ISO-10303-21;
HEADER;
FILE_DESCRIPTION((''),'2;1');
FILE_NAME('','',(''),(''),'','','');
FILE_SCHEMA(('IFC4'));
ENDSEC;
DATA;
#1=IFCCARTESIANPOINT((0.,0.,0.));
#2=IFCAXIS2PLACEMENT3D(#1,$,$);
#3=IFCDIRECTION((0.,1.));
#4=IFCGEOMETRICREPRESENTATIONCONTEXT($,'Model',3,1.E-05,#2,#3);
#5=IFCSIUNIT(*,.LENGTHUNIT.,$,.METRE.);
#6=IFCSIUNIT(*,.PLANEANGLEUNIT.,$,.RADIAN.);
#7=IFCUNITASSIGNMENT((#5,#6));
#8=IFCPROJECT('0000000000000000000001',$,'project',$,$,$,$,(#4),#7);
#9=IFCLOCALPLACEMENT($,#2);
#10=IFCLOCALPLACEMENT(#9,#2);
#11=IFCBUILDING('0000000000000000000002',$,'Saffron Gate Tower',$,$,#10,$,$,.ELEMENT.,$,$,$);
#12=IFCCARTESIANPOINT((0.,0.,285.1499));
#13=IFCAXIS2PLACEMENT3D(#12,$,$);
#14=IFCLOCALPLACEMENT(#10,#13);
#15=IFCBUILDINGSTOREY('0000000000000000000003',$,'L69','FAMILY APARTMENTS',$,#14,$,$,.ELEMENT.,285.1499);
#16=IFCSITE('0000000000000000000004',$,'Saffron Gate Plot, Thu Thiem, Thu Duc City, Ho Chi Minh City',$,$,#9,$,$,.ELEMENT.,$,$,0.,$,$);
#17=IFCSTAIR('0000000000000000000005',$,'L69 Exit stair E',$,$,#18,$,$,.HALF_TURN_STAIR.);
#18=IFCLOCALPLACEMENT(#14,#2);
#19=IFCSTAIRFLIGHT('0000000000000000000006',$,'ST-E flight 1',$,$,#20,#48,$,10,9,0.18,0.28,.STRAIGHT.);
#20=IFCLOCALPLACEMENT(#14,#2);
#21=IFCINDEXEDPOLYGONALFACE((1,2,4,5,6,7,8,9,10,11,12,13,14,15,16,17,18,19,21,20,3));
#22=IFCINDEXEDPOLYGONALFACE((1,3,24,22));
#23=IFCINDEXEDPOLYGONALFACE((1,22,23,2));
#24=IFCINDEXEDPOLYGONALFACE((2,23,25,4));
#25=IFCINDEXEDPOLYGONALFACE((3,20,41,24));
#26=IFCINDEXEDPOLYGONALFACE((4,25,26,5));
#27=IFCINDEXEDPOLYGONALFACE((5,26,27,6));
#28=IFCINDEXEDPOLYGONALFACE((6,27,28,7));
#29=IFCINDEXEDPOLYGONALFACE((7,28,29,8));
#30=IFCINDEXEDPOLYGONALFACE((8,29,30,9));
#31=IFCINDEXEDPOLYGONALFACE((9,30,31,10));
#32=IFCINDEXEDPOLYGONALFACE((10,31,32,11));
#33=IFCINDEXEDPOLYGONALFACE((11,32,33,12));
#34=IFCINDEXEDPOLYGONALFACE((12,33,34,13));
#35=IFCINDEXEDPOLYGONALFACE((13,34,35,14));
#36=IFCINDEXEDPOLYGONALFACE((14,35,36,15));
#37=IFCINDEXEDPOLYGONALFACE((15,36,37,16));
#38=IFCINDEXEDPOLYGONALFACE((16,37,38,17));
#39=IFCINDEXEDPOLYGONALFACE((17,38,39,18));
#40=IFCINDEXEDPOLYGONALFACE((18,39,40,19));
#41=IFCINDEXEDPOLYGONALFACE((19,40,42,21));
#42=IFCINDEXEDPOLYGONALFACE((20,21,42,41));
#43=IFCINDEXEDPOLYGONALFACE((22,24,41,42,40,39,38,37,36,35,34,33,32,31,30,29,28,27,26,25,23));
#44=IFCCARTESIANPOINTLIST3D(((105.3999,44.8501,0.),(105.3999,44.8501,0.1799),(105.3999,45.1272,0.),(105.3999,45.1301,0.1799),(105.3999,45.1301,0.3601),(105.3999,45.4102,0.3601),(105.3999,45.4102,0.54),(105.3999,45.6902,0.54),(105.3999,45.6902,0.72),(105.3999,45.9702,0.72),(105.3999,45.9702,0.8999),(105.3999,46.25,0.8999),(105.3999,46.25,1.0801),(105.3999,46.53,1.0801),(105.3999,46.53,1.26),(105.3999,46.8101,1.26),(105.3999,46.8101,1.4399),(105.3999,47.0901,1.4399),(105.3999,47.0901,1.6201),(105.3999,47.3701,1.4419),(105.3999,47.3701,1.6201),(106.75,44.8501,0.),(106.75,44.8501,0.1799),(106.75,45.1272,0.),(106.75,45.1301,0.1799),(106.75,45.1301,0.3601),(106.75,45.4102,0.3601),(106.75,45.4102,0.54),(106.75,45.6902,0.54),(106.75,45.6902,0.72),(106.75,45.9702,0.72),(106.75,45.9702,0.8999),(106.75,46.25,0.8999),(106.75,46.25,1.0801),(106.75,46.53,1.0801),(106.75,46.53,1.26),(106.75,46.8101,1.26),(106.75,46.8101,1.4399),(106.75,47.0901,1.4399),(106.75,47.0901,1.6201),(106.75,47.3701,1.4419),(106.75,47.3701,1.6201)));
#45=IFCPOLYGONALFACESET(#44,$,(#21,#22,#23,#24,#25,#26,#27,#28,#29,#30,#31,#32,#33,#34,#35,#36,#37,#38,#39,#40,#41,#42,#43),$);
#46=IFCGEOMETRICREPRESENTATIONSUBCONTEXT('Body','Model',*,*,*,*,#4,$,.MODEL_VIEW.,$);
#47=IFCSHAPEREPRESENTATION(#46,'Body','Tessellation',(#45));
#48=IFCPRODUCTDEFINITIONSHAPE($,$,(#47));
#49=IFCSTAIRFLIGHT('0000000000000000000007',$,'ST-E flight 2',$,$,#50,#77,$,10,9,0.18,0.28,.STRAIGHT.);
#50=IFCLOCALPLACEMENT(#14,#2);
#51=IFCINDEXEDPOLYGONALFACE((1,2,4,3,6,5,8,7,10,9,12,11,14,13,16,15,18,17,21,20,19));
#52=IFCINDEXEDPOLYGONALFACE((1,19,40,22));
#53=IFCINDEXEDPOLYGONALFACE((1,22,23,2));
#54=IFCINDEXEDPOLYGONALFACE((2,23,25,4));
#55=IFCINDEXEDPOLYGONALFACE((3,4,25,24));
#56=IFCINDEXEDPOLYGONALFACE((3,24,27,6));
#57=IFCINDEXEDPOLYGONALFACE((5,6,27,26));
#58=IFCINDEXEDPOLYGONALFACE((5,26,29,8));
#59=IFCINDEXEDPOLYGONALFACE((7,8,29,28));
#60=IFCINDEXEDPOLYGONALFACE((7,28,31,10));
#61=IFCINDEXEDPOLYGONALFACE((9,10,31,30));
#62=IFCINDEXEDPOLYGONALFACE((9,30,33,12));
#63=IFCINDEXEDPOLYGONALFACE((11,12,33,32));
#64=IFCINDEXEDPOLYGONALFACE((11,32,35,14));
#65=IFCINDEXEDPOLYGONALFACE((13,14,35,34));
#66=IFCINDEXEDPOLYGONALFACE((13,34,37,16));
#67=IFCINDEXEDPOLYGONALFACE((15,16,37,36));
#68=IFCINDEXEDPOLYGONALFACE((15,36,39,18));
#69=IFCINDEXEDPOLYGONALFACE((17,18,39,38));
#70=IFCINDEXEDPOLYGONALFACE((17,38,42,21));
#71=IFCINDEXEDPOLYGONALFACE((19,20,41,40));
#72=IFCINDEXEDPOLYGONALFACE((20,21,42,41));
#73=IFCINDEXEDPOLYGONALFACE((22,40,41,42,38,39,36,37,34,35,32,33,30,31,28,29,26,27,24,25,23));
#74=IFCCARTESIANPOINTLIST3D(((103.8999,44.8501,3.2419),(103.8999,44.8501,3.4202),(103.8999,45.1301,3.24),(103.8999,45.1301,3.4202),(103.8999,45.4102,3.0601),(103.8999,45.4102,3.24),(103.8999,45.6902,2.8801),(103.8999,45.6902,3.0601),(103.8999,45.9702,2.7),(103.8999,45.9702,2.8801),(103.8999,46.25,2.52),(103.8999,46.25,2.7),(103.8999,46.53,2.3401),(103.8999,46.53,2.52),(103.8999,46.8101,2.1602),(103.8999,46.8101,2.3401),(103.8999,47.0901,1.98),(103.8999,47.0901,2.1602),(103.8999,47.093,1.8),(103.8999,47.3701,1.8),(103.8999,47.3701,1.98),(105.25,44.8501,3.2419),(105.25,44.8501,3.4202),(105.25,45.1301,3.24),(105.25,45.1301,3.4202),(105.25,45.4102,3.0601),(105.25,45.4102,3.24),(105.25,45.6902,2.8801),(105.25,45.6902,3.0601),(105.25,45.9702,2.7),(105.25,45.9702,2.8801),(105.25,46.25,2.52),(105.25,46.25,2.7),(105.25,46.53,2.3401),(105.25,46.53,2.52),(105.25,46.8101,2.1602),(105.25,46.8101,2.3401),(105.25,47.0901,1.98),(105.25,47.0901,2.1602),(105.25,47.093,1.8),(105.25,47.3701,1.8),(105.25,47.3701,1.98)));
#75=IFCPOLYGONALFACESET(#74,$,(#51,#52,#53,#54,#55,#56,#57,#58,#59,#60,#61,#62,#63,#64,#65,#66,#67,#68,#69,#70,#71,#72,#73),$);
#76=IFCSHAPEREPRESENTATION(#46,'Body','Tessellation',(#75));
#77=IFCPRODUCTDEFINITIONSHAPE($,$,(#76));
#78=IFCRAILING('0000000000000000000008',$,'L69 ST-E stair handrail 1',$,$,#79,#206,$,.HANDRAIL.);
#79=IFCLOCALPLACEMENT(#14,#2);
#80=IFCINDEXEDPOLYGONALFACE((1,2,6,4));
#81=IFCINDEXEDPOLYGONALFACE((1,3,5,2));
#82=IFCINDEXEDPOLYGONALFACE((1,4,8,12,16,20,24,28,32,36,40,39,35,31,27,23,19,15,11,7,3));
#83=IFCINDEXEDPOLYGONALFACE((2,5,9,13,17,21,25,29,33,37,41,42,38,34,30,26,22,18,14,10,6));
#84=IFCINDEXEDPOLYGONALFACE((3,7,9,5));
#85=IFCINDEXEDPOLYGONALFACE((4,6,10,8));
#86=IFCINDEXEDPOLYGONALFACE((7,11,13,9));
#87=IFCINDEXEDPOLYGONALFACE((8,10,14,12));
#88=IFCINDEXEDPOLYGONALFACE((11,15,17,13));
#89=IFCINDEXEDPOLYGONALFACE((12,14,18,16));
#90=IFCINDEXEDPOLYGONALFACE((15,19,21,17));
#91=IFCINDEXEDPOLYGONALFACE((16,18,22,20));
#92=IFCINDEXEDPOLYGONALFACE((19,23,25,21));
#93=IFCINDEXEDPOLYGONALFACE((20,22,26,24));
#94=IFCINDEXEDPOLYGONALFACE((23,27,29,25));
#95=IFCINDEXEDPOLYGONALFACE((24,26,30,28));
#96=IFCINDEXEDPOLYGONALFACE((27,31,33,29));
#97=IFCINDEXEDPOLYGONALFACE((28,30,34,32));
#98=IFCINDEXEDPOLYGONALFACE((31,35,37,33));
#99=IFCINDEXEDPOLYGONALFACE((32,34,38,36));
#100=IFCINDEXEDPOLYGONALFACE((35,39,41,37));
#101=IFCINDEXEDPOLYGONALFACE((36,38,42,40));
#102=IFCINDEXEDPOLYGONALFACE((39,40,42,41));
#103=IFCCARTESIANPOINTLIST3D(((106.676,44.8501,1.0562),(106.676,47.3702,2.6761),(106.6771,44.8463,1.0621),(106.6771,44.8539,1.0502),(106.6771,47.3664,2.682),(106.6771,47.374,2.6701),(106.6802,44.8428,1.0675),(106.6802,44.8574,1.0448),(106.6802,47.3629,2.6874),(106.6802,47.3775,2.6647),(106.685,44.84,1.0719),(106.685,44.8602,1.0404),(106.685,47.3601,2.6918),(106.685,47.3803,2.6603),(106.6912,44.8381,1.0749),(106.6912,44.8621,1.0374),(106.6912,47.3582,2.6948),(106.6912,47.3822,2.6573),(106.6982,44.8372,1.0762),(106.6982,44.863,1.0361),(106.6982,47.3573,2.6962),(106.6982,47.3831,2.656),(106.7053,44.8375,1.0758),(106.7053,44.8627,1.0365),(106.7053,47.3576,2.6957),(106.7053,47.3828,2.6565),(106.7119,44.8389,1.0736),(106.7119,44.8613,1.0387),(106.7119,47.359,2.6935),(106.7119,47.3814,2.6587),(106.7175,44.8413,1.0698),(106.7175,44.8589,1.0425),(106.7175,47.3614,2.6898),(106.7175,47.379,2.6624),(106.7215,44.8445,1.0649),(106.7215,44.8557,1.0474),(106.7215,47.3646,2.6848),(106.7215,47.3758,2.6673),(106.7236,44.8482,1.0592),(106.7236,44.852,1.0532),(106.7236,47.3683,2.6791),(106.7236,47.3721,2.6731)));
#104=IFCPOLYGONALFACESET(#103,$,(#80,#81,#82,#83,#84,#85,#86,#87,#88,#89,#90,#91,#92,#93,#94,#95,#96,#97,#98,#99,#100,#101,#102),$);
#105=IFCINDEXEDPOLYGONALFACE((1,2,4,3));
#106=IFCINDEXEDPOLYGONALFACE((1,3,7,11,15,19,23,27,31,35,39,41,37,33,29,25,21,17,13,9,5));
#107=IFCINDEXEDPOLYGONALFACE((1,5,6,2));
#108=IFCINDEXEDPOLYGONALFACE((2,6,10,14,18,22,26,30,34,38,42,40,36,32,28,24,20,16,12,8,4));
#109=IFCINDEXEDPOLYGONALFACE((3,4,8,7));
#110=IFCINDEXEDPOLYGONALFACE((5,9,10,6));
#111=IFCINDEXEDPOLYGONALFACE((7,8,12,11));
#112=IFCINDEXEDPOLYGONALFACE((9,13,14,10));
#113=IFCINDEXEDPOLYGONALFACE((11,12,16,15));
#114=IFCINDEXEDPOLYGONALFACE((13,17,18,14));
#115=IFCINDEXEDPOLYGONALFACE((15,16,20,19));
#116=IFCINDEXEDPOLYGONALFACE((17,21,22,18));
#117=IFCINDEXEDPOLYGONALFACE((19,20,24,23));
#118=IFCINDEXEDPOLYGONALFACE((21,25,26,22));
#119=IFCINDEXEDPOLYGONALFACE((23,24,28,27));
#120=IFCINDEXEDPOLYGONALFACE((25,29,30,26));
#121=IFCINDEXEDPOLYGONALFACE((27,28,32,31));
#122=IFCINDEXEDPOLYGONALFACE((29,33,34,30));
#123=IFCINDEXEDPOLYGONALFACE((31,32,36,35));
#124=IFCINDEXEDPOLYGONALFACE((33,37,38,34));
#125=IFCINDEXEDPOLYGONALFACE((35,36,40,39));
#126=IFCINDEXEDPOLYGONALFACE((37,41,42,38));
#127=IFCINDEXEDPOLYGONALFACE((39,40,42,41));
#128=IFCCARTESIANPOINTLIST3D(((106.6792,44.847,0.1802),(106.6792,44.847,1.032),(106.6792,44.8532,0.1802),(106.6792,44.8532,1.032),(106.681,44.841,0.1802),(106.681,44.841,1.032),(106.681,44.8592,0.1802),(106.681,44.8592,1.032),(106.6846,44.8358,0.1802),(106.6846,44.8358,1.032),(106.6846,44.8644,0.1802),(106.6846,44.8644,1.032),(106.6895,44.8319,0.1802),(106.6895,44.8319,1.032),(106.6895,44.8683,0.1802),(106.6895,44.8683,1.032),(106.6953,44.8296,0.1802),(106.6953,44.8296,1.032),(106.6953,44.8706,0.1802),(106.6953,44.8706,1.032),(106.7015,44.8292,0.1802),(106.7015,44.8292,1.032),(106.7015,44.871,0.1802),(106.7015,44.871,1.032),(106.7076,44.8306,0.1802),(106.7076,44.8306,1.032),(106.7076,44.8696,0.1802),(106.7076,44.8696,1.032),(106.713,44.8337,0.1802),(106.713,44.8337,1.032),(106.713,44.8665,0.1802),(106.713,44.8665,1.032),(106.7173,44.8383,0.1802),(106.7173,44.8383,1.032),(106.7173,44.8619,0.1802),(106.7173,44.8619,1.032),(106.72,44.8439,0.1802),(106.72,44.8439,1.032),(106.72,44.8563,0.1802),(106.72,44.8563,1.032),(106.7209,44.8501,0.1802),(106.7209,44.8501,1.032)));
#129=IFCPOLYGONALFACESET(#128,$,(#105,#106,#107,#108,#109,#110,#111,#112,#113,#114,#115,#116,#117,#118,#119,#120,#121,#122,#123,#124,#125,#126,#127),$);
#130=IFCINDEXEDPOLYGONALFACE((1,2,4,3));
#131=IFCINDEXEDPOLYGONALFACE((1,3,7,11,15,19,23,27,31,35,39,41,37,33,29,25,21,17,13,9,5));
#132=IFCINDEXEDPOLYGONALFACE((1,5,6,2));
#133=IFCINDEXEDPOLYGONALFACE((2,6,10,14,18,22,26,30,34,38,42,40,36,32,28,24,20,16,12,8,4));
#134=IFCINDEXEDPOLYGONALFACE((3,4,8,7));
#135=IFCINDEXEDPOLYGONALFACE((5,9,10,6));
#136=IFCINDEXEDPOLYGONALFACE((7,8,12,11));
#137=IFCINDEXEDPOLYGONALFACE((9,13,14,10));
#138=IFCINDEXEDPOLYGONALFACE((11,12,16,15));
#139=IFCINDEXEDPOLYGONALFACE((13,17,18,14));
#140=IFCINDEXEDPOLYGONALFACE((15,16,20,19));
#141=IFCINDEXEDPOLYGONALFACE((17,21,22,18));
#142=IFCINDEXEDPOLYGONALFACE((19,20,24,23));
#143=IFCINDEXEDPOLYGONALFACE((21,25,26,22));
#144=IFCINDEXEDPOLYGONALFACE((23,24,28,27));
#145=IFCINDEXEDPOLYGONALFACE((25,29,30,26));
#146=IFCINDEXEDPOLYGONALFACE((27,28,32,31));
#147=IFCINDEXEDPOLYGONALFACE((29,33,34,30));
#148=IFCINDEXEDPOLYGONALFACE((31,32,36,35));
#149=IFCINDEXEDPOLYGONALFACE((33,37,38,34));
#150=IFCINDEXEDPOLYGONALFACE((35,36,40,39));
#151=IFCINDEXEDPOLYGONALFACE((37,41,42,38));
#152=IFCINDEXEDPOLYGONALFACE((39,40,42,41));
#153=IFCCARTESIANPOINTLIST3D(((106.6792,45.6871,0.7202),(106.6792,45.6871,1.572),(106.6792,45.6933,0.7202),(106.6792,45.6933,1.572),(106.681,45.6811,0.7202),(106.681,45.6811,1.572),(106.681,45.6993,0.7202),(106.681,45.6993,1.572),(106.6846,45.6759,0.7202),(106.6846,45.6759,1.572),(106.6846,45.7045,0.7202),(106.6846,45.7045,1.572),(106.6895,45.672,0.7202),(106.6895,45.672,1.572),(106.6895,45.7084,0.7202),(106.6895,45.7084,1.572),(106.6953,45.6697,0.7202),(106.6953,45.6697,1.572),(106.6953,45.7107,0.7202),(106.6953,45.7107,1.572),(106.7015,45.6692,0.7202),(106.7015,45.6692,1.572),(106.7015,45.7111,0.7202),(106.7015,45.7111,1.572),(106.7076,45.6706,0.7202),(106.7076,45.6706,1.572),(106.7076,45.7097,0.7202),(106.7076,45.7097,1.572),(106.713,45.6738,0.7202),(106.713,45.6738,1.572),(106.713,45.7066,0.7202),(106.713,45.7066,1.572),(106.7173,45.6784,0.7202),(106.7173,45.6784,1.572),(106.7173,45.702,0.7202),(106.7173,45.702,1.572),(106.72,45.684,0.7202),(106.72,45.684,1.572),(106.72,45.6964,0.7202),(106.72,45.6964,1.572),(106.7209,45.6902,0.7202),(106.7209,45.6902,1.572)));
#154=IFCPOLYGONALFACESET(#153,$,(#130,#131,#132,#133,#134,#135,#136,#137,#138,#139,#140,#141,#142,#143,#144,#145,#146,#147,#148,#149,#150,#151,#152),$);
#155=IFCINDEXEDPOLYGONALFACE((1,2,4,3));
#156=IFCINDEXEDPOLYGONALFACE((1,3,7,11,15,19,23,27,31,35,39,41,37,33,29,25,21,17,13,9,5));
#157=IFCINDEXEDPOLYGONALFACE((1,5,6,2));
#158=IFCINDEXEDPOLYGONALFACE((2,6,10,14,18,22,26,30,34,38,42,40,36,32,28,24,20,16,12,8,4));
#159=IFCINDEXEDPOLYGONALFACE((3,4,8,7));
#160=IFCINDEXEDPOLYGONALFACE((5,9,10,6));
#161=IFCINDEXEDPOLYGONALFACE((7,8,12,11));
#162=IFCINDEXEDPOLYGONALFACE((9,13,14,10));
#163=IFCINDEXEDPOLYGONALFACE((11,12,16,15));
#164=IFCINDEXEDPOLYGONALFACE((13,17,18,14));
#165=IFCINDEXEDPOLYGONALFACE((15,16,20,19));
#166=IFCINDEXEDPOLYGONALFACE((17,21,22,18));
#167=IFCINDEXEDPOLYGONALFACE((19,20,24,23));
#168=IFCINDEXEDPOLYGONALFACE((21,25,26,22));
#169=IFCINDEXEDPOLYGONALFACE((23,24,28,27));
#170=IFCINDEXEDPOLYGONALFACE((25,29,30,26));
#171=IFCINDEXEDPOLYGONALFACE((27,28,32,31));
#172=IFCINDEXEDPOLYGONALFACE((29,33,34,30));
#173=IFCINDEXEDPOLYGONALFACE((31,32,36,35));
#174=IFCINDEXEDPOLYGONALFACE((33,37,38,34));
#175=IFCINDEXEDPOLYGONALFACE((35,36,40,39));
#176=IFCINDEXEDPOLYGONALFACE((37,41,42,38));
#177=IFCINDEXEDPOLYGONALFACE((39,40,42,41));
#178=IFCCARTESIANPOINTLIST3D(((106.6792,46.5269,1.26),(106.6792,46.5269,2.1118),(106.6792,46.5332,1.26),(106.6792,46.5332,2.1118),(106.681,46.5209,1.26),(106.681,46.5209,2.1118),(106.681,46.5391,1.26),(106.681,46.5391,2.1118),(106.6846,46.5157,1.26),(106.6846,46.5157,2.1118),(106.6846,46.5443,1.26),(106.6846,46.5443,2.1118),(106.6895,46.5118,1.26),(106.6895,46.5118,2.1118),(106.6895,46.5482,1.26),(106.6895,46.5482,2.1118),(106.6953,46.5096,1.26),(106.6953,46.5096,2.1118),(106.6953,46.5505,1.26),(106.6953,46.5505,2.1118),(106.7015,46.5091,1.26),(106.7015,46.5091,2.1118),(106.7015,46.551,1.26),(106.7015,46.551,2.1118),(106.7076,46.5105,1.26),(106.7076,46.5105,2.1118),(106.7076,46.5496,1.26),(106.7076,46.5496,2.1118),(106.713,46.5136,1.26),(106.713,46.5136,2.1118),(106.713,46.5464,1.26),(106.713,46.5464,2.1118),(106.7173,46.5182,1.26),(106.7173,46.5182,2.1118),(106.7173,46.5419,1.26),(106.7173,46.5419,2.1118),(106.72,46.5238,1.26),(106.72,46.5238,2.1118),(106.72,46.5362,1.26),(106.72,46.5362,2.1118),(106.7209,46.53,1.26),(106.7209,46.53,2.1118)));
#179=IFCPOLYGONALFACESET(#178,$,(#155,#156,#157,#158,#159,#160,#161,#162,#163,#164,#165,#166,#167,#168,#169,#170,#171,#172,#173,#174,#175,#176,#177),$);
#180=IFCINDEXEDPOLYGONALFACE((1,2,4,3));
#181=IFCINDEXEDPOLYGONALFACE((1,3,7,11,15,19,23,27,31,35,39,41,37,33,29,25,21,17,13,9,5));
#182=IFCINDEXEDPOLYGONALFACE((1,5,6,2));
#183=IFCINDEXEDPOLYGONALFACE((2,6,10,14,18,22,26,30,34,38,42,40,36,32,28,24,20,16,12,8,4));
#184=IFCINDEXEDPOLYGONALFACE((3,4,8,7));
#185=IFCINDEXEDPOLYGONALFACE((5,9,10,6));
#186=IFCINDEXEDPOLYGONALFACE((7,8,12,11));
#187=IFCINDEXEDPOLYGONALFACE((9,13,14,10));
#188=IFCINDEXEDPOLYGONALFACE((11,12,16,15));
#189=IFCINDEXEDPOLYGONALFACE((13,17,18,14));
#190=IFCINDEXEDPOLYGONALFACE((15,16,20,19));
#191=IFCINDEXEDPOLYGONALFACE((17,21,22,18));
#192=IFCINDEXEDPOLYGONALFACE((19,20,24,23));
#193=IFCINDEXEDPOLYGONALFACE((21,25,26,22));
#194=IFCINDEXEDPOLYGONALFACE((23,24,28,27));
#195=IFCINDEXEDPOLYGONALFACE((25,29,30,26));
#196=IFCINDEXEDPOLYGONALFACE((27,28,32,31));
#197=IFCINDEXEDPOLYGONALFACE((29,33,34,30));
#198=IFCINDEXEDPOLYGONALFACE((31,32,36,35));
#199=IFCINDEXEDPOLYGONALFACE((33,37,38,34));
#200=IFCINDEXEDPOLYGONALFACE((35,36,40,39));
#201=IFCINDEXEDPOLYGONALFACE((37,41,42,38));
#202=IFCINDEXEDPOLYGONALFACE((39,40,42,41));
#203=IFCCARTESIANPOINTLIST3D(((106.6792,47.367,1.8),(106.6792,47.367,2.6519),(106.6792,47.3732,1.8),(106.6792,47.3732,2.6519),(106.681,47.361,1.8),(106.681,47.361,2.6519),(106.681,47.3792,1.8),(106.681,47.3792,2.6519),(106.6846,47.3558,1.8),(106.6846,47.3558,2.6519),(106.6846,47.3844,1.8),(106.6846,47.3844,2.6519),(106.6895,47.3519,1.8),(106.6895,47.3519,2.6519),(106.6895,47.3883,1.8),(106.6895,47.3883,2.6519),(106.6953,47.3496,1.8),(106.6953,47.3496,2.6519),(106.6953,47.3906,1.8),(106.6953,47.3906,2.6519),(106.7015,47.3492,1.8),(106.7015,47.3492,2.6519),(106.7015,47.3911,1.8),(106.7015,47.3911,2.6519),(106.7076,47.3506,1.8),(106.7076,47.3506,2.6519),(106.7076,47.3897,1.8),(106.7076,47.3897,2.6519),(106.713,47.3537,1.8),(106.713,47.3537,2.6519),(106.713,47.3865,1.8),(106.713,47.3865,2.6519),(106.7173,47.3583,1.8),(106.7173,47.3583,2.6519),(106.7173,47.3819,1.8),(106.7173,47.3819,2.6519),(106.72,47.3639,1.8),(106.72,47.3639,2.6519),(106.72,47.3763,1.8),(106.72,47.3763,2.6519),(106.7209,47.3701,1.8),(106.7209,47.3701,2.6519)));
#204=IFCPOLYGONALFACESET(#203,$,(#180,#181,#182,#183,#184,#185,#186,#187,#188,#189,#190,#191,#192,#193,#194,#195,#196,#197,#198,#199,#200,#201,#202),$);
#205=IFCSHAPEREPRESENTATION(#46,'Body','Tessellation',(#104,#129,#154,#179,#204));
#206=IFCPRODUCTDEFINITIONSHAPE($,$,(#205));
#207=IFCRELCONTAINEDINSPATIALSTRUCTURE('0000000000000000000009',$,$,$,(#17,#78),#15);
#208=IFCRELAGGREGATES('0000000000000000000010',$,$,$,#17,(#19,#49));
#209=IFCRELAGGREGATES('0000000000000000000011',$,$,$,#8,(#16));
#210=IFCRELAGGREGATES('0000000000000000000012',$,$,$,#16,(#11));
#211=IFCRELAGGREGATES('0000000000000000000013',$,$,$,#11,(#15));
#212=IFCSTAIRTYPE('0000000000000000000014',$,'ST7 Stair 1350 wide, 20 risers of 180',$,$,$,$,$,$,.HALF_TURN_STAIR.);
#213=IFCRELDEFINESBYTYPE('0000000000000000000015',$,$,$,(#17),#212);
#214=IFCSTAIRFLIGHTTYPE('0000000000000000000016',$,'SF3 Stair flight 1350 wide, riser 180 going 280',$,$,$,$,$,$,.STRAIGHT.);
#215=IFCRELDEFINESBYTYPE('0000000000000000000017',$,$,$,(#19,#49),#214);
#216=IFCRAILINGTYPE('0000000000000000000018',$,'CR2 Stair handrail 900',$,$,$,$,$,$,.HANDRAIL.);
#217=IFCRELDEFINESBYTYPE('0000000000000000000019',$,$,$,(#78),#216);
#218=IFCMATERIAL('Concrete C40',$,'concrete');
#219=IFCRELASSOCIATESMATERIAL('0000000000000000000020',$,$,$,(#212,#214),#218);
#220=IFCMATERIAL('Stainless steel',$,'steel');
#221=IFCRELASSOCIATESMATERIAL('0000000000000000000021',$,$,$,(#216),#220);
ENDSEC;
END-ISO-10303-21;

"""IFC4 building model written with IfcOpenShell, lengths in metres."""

from ifc_helpers import new_model, si_unit, direction, frame, origin, origin_2d, place, context, subcontext, project, spatial, polyline, circle, outline, extrude, material, type_object, element, aggregate, save


model = new_model("IFC4")

# Units and contexts
model_context = context("Model", 3, precision=1e-05, world=origin(), true_north=direction((0.0, 1.0)))
body_context = subcontext(model_context, "Body", "Model", "MODEL_VIEW")
ifc_project = project(units=[si_unit("LENGTHUNIT", "METRE"), si_unit("PLANEANGLEUNIT", "RADIAN")], contexts=[model_context])

# Site, building, storey
site_placement = place(None, origin())
site = spatial("IfcSite", under=ifc_project, at=site_placement, Name="Saffron Gate Plot, Thu Thiem, Thu Duc City, Ho Chi Minh City", CompositionType="ELEMENT", RefElevation=0.0)
building_placement = place(site_placement, origin())
building = spatial("IfcBuilding", under=site, at=building_placement, Name="Saffron Gate Tower", CompositionType="ELEMENT")
storey_placement = place(building_placement, frame((0.0, 0.0, 285.1499)))
storey = spatial("IfcBuildingStorey", under=building, at=storey_placement, Name="L69", Description="FAMILY APARTMENTS", CompositionType="ELEMENT", Elevation=285.1499)

# Shared definitions
ifc_material_1 = material(Name="Concrete C40", Category="concrete")

# Stair, stair flights
stair_type = type_object("IfcStairType", Name="ST7 Stair 1350 wide, 20 risers of 180", PredefinedType="HALF_TURN_STAIR", material=ifc_material_1)
stair_placement = place(storey_placement, origin())
stair = element("IfcStair", 1, at=stair_placement, inside=storey, type_object=stair_type, Name="L69 Exit stair E", PredefinedType="HALF_TURN_STAIR")
stair_flight_type = type_object("IfcStairFlightType", Name="SF3 Stair flight 1350 wide, riser 180 going 280", PredefinedType="STRAIGHT", material=ifc_material_1)
stair_flight_1_placement = place(storey_placement, frame((106.075, 44.8501, 0.0), z_axis=(0.0, 0.0, 1.0), x_axis=(0.0, 1.0, 0.0)))
stair_flight_1 = element("IfcStairFlight", 2, at=stair_flight_1_placement, type_object=stair_flight_type, Name="ST-E flight 1", NumberOfRisers=10, NumberOfTreads=9, PredefinedType="STRAIGHT", RiserHeight=0.18, TreadLength=0.28, context=body_context, shape_type="SweptSolid", body=[
    extrude(outline(polyline([(0.0, 0.0), (0.0, 0.1799), (0.28, 0.1799), (0.28, 0.3601), (0.5601, 0.3601), (0.5601, 0.54), (0.8401, 0.54), (0.8401, 0.72), (1.1201, 0.72), (1.1201, 0.8999), (1.3999, 0.8999), (1.3999, 1.0801), (1.6799, 1.0801), (1.6799, 1.26), (1.96, 1.26), (1.96, 1.4399), (2.24, 1.4399), (2.24, 1.6201), (2.52, 1.6201), (2.52, 1.8), (2.52, 1.4419), (0.2771, 0.0), (0.0, 0.0)])), frame((0.0, 0.675, 0.0), z_axis=(0.0, -1.0, 0.0), x_axis=(1.0, 0.0, 0.0)), (0.0, 0.0, 1.0), 1.3501),
])
stair_flight_2_placement = place(storey_placement, frame((104.575, 47.3701, 1.8), z_axis=(0.0, 0.0, 1.0), x_axis=(0.0, -1.0, 0.0)))
stair_flight_2 = element("IfcStairFlight", 3, at=stair_flight_2_placement, type_object=stair_flight_type, Name="ST-E flight 2", NumberOfRisers=10, NumberOfTreads=9, PredefinedType="STRAIGHT", RiserHeight=0.18, TreadLength=0.28, context=body_context, shape_type="SweptSolid", body=[
    extrude(outline(polyline([(0.0, 0.0), (0.0, 0.1799), (0.28, 0.1799), (0.28, 0.3601), (0.5601, 0.3601), (0.5601, 0.54), (0.8401, 0.54), (0.8401, 0.72), (1.1201, 0.72), (1.1201, 0.8999), (1.3999, 0.8999), (1.3999, 1.0801), (1.6799, 1.0801), (1.6799, 1.26), (1.96, 1.26), (1.96, 1.4399), (2.24, 1.4399), (2.24, 1.6201), (2.52, 1.6201), (2.52, 1.8), (2.52, 1.4419), (0.2771, 0.0), (0.0, 0.0)])), frame((0.0, 0.675, 0.0), z_axis=(0.0, -1.0, 0.0), x_axis=(1.0, 0.0, 0.0)), (0.0, 0.0, 1.0), 1.3501),
])
aggregate(stair, [stair_flight_1, stair_flight_2])

# Railing
ifc_material_2 = material(Name="Stainless steel", Category="steel")
railing_type = type_object("IfcRailingType", Name="CR2 Stair handrail 900", PredefinedType="HANDRAIL", material=ifc_material_2)
railing_placement = place(storey_placement, frame((106.7, 44.8501, 0.1802)))
element("IfcRailing", 4, at=railing_placement, inside=storey, type_object=railing_type, Name="L69 ST-E stair handrail 1", PredefinedType="HANDRAIL", context=body_context, shape_type="SweptSolid", body=[
    extrude(circle(Radius=0.0239, at=origin_2d()), frame((0.0, 0.0, 0.876), z_axis=(0.0, 0.8412, 0.540725), x_axis=(-1.0, 0.0, 0.0)), (0.0, 0.0, 1.0), 2.9958),
    extrude(circle(Radius=0.021, at=origin_2d()), origin(), (0.0, 0.0, 1.0), 0.8518),
    extrude(circle(Radius=0.021, at=origin_2d()), frame((0.0, 0.8401, 0.54)), (0.0, 0.0, 1.0), 0.8518),
    extrude(circle(Radius=0.021, at=origin_2d()), frame((0.0, 1.6799, 1.0798)), (0.0, 0.0, 1.0), 0.8518),
    extrude(circle(Radius=0.021, at=origin_2d()), frame((0.0, 2.52, 1.6199)), (0.0, 0.0, 1.0), 0.8518),
])

save(model, "model.ifc")
